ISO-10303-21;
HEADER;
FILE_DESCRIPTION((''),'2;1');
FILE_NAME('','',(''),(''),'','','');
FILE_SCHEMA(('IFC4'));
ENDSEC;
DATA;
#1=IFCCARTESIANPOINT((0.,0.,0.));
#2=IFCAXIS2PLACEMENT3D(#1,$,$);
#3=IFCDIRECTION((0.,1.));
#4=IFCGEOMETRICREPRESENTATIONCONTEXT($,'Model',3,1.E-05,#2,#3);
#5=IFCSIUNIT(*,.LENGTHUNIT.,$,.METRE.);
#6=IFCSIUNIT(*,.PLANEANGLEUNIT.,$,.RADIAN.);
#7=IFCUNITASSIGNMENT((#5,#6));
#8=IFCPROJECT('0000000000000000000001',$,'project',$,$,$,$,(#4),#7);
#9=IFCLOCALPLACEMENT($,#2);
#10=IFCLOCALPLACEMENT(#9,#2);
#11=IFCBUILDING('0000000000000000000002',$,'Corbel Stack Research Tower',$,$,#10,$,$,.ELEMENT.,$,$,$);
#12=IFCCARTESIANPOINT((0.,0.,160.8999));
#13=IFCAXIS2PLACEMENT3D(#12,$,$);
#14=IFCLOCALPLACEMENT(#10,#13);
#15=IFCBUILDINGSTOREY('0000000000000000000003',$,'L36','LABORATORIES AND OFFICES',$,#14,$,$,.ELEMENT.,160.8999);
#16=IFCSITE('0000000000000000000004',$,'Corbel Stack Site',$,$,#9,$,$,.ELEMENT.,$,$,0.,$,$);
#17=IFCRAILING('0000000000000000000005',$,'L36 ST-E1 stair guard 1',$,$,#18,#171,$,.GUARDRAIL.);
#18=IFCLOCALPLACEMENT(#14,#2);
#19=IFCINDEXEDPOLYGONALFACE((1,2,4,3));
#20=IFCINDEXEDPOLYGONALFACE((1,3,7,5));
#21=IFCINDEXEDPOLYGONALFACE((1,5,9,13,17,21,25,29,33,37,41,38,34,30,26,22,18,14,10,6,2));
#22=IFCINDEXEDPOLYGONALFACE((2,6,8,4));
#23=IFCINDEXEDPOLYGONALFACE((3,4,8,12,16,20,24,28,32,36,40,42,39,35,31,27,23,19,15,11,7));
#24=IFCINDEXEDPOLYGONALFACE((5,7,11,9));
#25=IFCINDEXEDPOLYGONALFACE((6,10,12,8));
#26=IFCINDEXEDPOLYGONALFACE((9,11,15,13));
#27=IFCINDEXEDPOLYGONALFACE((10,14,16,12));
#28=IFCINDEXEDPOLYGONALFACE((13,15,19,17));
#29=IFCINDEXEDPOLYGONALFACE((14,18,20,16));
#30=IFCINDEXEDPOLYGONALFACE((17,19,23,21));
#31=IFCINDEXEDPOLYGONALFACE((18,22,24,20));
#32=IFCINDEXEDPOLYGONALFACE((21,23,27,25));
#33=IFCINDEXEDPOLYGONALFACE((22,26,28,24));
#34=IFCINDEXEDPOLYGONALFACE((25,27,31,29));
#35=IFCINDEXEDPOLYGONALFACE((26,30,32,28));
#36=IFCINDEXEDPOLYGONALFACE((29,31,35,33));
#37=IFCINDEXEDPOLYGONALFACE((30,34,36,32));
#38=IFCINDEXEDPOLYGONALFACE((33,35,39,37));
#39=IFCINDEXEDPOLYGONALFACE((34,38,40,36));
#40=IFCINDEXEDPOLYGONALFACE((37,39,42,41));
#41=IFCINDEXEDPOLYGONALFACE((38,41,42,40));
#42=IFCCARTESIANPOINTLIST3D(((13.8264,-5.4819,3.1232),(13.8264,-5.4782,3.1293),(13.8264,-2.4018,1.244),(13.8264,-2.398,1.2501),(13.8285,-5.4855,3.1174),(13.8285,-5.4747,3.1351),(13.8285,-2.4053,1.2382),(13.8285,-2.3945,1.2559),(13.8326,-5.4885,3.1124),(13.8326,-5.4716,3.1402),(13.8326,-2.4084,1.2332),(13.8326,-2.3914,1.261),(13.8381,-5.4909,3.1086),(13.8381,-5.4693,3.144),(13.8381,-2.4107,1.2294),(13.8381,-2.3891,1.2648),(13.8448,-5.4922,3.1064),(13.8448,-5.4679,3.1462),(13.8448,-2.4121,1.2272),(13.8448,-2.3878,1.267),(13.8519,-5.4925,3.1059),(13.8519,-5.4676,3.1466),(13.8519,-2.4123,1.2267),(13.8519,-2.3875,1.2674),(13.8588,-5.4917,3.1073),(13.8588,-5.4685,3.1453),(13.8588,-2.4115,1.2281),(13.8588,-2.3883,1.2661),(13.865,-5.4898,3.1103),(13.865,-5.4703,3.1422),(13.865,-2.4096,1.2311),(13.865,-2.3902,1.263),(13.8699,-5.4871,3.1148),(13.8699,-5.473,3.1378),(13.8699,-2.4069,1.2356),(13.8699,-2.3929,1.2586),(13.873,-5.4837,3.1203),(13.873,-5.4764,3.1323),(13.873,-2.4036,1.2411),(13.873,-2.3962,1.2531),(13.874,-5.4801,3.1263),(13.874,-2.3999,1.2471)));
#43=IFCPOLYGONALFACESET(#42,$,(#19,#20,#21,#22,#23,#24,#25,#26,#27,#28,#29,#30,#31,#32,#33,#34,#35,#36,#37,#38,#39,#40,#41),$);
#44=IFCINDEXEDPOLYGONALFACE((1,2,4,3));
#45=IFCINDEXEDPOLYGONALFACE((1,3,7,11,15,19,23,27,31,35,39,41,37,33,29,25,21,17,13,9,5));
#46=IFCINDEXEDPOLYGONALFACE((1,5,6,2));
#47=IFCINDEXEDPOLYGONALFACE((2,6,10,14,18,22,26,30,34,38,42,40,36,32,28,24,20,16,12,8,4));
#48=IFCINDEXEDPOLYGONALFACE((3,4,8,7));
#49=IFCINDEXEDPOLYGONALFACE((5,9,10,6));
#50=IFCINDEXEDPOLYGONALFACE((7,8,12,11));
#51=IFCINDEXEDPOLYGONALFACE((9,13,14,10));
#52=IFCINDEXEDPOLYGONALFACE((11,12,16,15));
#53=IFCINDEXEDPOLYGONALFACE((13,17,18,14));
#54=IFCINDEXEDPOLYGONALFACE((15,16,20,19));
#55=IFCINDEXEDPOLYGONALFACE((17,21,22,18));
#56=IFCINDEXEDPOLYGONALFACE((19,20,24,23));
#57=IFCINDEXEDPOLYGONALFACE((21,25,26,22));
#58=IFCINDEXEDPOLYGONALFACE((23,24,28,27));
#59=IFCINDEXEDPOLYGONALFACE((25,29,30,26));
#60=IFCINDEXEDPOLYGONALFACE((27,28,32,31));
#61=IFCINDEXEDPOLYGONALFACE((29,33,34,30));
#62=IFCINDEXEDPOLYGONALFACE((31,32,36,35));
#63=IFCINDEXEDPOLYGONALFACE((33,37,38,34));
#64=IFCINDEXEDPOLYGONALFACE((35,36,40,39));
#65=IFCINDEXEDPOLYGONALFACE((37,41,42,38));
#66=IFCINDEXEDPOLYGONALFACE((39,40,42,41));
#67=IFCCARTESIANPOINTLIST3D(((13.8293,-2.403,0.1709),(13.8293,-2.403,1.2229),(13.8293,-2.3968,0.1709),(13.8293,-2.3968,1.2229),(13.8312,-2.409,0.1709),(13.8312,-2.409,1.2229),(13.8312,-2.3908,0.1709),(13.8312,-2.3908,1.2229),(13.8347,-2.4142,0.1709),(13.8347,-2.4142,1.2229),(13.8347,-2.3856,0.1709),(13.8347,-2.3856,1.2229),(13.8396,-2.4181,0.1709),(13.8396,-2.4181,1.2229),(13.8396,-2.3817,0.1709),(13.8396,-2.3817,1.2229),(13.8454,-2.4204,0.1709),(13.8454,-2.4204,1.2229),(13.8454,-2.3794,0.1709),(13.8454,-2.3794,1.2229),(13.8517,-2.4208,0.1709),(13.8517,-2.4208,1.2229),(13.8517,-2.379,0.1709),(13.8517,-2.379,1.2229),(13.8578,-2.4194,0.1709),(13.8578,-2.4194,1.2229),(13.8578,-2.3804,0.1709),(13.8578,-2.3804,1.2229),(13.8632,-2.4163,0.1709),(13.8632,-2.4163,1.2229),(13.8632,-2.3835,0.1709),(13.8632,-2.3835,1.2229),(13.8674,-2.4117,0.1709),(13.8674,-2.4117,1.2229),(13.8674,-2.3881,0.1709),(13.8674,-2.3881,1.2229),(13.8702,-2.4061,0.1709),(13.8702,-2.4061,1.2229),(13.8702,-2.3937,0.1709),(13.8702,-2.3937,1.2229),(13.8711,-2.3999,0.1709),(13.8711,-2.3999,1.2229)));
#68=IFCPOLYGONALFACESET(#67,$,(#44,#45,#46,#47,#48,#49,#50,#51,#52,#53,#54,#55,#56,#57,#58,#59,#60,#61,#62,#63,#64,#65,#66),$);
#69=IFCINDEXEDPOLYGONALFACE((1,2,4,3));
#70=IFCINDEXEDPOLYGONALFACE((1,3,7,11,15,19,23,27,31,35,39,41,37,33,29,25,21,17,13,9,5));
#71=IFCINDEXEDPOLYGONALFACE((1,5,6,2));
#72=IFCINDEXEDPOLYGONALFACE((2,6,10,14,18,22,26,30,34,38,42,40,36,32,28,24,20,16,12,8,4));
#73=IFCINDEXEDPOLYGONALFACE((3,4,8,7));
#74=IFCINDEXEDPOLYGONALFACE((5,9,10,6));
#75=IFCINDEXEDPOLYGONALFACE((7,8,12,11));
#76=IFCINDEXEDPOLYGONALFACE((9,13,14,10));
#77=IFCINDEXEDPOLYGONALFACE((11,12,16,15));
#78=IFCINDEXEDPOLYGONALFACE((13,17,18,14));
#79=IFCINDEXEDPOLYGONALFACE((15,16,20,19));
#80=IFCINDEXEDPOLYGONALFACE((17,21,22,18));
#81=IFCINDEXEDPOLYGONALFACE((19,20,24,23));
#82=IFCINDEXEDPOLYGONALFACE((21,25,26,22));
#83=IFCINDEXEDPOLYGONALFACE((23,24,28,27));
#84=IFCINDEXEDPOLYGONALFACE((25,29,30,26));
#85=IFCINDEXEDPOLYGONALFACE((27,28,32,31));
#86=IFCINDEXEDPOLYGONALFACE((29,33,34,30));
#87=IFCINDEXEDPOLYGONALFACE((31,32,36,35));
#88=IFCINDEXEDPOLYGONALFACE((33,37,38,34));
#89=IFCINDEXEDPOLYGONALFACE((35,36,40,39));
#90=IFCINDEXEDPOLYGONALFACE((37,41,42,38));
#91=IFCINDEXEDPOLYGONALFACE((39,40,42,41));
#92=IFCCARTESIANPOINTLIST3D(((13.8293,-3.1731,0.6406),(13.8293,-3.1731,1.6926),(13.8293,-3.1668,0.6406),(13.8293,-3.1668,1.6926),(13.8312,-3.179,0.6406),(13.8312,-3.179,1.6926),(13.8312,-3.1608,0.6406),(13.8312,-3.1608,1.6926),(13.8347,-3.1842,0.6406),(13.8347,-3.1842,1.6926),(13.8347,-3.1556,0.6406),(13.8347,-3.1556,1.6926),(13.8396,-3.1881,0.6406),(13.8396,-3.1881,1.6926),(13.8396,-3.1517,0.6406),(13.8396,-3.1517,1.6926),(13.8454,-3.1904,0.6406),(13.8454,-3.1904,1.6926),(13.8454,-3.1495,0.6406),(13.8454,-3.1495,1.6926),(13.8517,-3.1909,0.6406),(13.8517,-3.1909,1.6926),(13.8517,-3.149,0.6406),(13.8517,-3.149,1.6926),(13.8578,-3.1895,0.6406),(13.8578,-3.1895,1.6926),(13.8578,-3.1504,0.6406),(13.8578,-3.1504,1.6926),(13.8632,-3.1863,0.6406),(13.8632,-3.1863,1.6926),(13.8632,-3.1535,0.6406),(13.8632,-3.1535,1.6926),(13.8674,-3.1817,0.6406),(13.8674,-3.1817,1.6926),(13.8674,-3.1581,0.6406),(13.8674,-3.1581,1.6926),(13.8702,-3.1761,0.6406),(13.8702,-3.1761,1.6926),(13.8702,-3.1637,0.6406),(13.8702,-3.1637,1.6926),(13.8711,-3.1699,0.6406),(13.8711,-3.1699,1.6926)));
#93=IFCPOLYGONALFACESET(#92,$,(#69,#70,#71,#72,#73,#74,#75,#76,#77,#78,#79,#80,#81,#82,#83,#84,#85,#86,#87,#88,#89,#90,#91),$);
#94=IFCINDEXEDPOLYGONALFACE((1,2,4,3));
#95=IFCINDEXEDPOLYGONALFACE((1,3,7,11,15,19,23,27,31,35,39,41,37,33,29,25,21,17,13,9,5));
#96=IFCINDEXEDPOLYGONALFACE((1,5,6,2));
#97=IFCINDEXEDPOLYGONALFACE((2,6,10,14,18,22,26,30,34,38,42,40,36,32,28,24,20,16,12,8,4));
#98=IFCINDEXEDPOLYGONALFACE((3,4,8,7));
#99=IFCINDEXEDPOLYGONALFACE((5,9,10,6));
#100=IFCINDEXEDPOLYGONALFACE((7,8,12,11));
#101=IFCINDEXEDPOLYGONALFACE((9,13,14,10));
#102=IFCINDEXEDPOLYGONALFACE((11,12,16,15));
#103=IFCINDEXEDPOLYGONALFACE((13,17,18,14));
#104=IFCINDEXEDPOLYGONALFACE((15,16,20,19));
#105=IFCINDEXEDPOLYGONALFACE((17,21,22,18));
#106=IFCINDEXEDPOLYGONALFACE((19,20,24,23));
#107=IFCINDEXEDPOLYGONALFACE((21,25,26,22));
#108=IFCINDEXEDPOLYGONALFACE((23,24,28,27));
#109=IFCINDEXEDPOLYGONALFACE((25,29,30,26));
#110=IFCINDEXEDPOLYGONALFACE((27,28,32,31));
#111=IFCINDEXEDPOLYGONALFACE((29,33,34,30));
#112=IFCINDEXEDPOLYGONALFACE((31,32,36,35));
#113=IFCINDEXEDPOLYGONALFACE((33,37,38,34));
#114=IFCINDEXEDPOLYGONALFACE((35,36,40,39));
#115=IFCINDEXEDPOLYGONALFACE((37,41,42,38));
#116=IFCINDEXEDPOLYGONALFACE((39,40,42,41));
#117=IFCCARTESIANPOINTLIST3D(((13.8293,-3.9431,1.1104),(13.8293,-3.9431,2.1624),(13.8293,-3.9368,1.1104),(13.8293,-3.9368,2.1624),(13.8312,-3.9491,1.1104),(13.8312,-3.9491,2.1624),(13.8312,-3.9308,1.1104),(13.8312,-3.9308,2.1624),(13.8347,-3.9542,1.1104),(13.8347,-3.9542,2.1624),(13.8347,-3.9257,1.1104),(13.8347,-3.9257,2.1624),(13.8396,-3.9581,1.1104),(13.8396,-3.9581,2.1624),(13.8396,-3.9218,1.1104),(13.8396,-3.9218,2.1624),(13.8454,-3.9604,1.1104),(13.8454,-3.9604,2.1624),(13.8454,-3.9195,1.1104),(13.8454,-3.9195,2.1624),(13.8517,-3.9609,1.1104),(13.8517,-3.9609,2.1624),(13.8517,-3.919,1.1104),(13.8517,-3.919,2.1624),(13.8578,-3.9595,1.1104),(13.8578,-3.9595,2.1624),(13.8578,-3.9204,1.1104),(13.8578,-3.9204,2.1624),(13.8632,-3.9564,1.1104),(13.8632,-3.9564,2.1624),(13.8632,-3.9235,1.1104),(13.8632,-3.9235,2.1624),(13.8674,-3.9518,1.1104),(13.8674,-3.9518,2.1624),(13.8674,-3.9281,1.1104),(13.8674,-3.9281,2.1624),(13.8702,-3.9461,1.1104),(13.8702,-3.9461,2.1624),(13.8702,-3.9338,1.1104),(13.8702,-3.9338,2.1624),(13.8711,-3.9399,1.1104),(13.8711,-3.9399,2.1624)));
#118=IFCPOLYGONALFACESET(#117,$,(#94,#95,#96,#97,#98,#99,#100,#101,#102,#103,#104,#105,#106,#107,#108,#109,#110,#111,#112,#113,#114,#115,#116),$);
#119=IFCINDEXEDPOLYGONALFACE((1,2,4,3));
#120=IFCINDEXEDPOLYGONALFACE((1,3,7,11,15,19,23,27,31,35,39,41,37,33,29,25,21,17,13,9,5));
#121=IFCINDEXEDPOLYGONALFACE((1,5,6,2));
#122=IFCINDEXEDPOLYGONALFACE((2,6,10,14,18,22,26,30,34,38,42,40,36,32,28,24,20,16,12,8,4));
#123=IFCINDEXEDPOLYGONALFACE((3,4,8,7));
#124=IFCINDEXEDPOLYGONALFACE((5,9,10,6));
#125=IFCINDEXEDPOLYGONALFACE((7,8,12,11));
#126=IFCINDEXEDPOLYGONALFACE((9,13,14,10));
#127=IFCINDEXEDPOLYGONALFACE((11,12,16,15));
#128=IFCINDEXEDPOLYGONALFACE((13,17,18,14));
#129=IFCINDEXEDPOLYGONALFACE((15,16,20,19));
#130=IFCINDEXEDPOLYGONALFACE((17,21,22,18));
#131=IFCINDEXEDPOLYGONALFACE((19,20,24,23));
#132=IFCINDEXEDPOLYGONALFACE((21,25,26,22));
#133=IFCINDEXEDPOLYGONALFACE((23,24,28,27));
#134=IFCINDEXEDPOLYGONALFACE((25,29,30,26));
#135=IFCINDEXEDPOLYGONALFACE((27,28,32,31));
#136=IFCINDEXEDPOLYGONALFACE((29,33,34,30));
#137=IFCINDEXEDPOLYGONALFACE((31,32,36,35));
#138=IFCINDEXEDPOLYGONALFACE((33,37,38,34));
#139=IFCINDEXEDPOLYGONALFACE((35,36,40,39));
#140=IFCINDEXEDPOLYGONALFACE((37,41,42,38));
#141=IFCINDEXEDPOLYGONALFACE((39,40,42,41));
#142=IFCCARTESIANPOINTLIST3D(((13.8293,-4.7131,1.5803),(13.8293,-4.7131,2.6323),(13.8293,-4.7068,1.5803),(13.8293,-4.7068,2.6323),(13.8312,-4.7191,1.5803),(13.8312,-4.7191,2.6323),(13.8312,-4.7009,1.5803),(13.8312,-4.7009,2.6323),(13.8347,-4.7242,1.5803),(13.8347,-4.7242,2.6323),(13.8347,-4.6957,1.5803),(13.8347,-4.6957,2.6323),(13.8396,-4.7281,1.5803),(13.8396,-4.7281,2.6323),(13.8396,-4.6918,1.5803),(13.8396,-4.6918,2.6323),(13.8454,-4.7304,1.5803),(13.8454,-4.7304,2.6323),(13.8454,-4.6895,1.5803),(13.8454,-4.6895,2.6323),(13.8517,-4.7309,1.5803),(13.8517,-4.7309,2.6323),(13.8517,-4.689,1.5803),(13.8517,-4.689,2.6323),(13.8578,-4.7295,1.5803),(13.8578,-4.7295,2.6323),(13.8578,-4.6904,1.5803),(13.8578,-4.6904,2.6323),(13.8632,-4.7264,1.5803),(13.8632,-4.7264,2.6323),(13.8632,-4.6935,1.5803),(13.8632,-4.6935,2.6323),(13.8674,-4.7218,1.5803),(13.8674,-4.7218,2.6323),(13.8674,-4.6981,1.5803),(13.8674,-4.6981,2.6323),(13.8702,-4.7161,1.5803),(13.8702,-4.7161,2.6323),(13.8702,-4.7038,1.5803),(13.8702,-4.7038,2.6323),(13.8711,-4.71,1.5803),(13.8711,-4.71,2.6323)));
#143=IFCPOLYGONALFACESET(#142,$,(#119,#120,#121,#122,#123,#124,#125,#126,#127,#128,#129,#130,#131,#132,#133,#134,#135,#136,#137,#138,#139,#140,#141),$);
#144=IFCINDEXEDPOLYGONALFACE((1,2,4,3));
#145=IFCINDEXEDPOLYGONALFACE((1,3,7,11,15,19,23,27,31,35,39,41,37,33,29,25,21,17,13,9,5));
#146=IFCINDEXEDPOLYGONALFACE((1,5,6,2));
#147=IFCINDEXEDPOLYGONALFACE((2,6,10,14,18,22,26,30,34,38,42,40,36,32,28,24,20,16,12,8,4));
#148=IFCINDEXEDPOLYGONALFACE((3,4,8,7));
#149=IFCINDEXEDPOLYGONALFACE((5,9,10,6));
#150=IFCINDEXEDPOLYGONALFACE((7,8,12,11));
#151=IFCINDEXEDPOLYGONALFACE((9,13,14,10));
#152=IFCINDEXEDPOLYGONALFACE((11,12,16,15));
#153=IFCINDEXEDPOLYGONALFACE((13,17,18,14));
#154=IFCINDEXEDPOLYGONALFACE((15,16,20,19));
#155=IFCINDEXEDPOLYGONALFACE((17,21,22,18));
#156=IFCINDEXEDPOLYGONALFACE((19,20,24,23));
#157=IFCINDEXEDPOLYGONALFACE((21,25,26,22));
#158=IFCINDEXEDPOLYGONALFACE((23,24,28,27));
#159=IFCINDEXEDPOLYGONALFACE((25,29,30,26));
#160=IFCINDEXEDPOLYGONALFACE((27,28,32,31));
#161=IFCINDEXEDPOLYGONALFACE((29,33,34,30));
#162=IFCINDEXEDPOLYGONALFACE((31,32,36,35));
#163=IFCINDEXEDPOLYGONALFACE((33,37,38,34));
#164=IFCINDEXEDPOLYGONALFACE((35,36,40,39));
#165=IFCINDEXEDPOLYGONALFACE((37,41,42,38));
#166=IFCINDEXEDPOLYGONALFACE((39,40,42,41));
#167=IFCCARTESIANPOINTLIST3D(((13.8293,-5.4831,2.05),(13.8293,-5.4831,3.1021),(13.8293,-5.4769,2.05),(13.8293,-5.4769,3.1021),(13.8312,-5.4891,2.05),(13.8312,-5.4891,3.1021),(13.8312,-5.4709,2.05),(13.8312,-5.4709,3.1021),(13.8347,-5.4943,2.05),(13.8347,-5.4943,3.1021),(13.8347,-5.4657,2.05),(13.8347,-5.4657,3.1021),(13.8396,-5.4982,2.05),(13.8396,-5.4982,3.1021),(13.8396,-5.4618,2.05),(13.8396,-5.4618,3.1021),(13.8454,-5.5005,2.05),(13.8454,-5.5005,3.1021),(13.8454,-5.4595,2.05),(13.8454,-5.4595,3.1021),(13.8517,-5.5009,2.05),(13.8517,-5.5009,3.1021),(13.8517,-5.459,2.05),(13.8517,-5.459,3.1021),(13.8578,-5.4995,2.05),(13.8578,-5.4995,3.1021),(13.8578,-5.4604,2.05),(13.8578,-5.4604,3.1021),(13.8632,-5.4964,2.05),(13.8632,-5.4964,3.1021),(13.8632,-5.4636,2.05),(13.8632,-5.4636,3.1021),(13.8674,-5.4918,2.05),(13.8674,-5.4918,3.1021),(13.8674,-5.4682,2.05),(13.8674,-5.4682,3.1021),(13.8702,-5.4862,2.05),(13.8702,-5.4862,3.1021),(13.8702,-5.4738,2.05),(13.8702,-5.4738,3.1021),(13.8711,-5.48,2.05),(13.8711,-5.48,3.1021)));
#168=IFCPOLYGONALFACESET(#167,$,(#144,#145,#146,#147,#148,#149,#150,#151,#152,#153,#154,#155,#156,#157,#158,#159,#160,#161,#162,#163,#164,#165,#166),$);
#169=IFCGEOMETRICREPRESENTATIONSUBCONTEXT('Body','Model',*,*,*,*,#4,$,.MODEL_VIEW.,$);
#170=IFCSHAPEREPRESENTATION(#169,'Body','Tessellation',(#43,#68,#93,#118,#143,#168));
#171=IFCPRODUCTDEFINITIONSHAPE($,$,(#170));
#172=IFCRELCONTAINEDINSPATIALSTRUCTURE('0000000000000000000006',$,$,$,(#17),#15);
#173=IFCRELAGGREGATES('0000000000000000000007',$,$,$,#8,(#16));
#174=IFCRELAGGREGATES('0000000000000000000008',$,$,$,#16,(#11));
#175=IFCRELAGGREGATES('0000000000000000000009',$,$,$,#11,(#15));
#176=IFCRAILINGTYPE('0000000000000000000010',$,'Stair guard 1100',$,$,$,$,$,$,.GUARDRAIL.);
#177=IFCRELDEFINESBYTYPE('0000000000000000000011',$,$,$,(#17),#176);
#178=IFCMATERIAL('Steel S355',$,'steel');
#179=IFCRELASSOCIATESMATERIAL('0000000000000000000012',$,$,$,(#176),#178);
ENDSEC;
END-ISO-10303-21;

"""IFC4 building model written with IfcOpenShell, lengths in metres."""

from ifc_helpers import new_model, si_unit, direction, frame, origin, origin_2d, place, context, subcontext, project, spatial, circle, extrude, material, type_object, element, save


model = new_model("IFC4")

# Units and contexts
model_context = context("Model", 3, precision=1e-05, world=origin(), true_north=direction((0.0, 1.0)))
body_context = subcontext(model_context, "Body", "Model", "MODEL_VIEW")
ifc_project = project(units=[si_unit("LENGTHUNIT", "METRE"), si_unit("PLANEANGLEUNIT", "RADIAN")], contexts=[model_context])

# Site, building, storey
site_placement = place(None, origin())
site = spatial("IfcSite", under=ifc_project, at=site_placement, Name="Corbel Stack Site", CompositionType="ELEMENT", RefElevation=0.0)
building_placement = place(site_placement, origin())
building = spatial("IfcBuilding", under=site, at=building_placement, Name="Corbel Stack Research Tower", CompositionType="ELEMENT")
storey_placement = place(building_placement, frame((0.0, 0.0, 160.8999)))
storey = spatial("IfcBuildingStorey", under=building, at=storey_placement, Name="L36", Description="LABORATORIES AND OFFICES", CompositionType="ELEMENT", Elevation=160.8999)

# Railing
ifc_material_1 = material(Name="Steel S355", Category="steel")
railing_type_1 = type_object("IfcRailingType", Name="Stair guard 1100", PredefinedType="GUARDRAIL", material=ifc_material_1)
railing_1_placement = place(storey_placement, frame((13.8501, -2.3999, 0.1709)))
element("IfcRailing", 1, at=railing_1_placement, inside=storey, type_object=railing_type_1, Name="L36 ST-E1 stair guard 1", PredefinedType="GUARDRAIL", context=body_context, shape_type="SweptSolid", body=[
    extrude(circle(Radius=0.0239, at=origin_2d()), frame((0.0, 0.0, 1.0762), z_axis=(0.0, -0.853666, 0.52082), x_axis=(1.0, 0.0, 0.0)), (0.0, 0.0, 1.0), 3.6082),
    extrude(circle(Radius=0.021, at=origin_2d()), origin(), (0.0, 0.0, 1.0), 1.052),
    extrude(circle(Radius=0.021, at=origin_2d()), frame((0.0, -0.77, 0.4697)), (0.0, 0.0, 1.0), 1.052),
    extrude(circle(Radius=0.021, at=origin_2d()), frame((0.0, -1.54, 0.9395)), (0.0, 0.0, 1.0), 1.052),
    extrude(circle(Radius=0.021, at=origin_2d()), frame((0.0, -2.3101, 1.4094)), (0.0, 0.0, 1.0), 1.052),
    extrude(circle(Radius=0.021, at=origin_2d()), frame((0.0, -3.0801, 1.8792)), (0.0, 0.0, 1.0), 1.052),
])

save(model, "model.ifc")
